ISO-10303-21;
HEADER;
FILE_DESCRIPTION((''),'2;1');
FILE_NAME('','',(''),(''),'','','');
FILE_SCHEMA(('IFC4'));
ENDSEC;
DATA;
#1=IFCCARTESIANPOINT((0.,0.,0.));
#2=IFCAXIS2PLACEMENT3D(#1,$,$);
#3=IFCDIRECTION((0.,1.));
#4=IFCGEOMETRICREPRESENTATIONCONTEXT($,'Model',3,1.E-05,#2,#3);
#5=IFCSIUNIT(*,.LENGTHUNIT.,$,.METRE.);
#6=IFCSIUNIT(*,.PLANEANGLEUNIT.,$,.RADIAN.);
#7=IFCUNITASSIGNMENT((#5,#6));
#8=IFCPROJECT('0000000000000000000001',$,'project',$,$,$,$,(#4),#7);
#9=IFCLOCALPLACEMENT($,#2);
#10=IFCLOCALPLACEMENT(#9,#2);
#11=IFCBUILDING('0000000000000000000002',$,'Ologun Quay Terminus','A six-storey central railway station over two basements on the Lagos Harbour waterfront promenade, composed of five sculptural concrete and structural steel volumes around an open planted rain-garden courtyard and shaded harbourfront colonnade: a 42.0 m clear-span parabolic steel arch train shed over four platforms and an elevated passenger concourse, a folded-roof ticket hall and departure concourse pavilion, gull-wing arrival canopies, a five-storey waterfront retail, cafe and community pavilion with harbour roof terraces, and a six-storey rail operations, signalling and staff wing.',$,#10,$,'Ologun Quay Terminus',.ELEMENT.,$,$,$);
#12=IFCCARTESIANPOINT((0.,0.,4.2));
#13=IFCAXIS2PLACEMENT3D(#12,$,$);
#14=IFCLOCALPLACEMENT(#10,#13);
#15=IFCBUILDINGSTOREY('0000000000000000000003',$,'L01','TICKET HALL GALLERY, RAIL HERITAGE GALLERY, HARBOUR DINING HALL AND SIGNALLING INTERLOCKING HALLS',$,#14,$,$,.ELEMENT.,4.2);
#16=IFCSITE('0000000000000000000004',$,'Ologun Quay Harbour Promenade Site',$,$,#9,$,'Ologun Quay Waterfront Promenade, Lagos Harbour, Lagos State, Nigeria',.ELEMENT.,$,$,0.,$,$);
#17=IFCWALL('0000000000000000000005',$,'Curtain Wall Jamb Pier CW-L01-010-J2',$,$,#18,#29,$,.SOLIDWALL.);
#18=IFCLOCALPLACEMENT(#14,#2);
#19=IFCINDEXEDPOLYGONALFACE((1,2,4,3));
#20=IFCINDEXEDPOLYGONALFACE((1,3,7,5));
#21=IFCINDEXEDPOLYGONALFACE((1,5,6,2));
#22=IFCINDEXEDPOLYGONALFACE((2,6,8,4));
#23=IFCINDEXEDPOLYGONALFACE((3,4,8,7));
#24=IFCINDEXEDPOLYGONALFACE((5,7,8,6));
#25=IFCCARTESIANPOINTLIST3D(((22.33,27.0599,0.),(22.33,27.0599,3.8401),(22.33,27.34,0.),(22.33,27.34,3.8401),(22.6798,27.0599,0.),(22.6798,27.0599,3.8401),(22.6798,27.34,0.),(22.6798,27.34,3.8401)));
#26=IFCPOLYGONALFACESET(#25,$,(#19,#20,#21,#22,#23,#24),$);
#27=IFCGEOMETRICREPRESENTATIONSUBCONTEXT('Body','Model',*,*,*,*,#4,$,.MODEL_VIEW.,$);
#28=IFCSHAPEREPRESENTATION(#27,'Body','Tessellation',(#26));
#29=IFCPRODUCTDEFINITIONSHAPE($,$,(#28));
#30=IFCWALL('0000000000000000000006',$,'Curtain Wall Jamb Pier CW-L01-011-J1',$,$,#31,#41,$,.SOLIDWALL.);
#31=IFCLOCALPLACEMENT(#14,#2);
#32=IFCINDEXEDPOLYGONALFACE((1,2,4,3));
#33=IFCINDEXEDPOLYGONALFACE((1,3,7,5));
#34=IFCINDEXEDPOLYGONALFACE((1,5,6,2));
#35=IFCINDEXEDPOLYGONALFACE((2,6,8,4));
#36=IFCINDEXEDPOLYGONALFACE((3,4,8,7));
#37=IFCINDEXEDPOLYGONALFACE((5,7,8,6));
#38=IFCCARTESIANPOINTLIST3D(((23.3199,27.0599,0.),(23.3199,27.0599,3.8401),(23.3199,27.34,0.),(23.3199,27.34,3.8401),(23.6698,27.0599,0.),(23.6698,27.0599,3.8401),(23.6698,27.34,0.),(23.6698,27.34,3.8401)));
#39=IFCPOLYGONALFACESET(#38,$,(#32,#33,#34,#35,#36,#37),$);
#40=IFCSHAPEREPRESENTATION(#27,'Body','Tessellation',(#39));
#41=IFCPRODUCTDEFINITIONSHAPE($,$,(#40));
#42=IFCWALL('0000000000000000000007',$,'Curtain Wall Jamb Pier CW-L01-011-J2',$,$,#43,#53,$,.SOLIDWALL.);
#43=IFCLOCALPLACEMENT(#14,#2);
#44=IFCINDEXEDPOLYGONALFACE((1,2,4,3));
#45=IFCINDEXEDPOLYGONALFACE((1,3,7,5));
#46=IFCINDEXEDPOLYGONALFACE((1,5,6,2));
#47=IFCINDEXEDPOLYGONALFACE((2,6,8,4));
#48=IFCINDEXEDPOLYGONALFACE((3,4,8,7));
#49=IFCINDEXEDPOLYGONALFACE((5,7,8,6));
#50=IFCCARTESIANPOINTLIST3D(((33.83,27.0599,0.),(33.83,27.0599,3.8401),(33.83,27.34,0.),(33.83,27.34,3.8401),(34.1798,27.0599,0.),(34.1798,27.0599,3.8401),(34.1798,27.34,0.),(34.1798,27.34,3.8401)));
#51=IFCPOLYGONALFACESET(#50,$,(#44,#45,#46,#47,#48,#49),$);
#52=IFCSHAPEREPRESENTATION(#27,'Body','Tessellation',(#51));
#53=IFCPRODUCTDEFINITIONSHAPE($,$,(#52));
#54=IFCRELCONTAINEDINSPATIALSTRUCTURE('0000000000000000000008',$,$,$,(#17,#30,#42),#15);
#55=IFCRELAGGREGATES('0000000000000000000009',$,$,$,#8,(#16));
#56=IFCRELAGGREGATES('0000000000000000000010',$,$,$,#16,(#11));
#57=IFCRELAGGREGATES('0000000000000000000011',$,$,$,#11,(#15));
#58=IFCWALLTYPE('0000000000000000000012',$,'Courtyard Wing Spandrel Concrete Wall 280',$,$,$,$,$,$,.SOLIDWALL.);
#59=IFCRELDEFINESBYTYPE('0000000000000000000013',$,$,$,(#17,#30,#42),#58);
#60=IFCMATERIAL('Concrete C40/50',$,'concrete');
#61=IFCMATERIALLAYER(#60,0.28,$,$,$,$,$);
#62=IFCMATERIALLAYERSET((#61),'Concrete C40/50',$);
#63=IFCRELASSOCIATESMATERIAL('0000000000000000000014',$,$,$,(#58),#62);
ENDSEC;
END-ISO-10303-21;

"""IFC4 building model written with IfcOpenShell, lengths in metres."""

from ifc_helpers import new_model, si_unit, direction, frame, frame_2d, origin, place, context, subcontext, project, spatial, rectangle, extrude, material, layer, layer_set, type_object, element, save


model = new_model("IFC4")

# Units and contexts
model_context = context("Model", 3, precision=1e-05, world=origin(), true_north=direction((0.0, 1.0)))
body_context = subcontext(model_context, "Body", "Model", "MODEL_VIEW")
ifc_project = project(units=[si_unit("LENGTHUNIT", "METRE"), si_unit("PLANEANGLEUNIT", "RADIAN")], contexts=[model_context])

# Site, building, storey
site_placement = place(None, origin())
site = spatial("IfcSite", under=ifc_project, at=site_placement, Name="Ologun Quay Harbour Promenade Site", LongName="Ologun Quay Waterfront Promenade, Lagos Harbour, Lagos State, Nigeria", CompositionType="ELEMENT", RefElevation=0.0)
building_placement = place(site_placement, origin())
building = spatial("IfcBuilding", under=site, at=building_placement, Name="Ologun Quay Terminus", Description="A six-storey central railway station over two basements on the Lagos Harbour waterfront promenade, composed of five sculptural concrete and structural steel volumes around an open planted rain-garden courtyard and shaded harbourfront colonnade: a 42.0 m clear-span parabolic steel arch train shed over four platforms and an elevated passenger concourse, a folded-roof ticket hall and departure concourse pavilion, gull-wing arrival canopies, a five-storey waterfront retail, cafe and community pavilion with harbour roof terraces, and a six-storey rail operations, signalling and staff wing.", LongName="Ologun Quay Terminus", CompositionType="ELEMENT")
storey_placement = place(building_placement, frame((0.0, 0.0, 4.2)))
storey = spatial("IfcBuildingStorey", under=building, at=storey_placement, Name="L01", Description="TICKET HALL GALLERY, RAIL HERITAGE GALLERY, HARBOUR DINING HALL AND SIGNALLING INTERLOCKING HALLS", CompositionType="ELEMENT", Elevation=4.2)

# Walls
ifc_material_1 = material(Name="Concrete C40/50", Category="concrete")
ifc_layer_1 = layer(ifc_material_1, 0.28)
ifc_layer_set_1 = layer_set([ifc_layer_1], Name="Concrete C40/50")
wall_type = type_object("IfcWallType", Name="Courtyard Wing Spandrel Concrete Wall 280", PredefinedType="SOLIDWALL", material=ifc_layer_set_1)
for number, where, z_axis, x_axis, name in (
    (1, (22.3301, 27.2, 0.0), (0.0, 0.0, 1.0), (1.0, 0.0, 0.0), "Curtain Wall Jamb Pier CW-L01-010-J2"),
    (2, (23.3201, 27.2, 0.0), (0.0, 0.0, 1.0), (1.0, 0.0, 0.0), "Curtain Wall Jamb Pier CW-L01-011-J1"),
    (3, (33.8301, 27.2, 0.0), (0.0, 0.0, 1.0), (1.0, 0.0, 0.0), "Curtain Wall Jamb Pier CW-L01-011-J2"),
):
    element("IfcWall", number, at=place(storey_placement, frame(where, z_axis=z_axis, x_axis=x_axis)), inside=storey, type_object=wall_type, Name=name, PredefinedType="SOLIDWALL", context=body_context, shape_type="SweptSolid", body=[
        extrude(rectangle(XDim=0.3499, YDim=0.28, at=frame_2d((0.1748, 0.0))), origin(), (0.0, 0.0, 1.0), 3.8401),
    ])

save(model, "model.ifc")
